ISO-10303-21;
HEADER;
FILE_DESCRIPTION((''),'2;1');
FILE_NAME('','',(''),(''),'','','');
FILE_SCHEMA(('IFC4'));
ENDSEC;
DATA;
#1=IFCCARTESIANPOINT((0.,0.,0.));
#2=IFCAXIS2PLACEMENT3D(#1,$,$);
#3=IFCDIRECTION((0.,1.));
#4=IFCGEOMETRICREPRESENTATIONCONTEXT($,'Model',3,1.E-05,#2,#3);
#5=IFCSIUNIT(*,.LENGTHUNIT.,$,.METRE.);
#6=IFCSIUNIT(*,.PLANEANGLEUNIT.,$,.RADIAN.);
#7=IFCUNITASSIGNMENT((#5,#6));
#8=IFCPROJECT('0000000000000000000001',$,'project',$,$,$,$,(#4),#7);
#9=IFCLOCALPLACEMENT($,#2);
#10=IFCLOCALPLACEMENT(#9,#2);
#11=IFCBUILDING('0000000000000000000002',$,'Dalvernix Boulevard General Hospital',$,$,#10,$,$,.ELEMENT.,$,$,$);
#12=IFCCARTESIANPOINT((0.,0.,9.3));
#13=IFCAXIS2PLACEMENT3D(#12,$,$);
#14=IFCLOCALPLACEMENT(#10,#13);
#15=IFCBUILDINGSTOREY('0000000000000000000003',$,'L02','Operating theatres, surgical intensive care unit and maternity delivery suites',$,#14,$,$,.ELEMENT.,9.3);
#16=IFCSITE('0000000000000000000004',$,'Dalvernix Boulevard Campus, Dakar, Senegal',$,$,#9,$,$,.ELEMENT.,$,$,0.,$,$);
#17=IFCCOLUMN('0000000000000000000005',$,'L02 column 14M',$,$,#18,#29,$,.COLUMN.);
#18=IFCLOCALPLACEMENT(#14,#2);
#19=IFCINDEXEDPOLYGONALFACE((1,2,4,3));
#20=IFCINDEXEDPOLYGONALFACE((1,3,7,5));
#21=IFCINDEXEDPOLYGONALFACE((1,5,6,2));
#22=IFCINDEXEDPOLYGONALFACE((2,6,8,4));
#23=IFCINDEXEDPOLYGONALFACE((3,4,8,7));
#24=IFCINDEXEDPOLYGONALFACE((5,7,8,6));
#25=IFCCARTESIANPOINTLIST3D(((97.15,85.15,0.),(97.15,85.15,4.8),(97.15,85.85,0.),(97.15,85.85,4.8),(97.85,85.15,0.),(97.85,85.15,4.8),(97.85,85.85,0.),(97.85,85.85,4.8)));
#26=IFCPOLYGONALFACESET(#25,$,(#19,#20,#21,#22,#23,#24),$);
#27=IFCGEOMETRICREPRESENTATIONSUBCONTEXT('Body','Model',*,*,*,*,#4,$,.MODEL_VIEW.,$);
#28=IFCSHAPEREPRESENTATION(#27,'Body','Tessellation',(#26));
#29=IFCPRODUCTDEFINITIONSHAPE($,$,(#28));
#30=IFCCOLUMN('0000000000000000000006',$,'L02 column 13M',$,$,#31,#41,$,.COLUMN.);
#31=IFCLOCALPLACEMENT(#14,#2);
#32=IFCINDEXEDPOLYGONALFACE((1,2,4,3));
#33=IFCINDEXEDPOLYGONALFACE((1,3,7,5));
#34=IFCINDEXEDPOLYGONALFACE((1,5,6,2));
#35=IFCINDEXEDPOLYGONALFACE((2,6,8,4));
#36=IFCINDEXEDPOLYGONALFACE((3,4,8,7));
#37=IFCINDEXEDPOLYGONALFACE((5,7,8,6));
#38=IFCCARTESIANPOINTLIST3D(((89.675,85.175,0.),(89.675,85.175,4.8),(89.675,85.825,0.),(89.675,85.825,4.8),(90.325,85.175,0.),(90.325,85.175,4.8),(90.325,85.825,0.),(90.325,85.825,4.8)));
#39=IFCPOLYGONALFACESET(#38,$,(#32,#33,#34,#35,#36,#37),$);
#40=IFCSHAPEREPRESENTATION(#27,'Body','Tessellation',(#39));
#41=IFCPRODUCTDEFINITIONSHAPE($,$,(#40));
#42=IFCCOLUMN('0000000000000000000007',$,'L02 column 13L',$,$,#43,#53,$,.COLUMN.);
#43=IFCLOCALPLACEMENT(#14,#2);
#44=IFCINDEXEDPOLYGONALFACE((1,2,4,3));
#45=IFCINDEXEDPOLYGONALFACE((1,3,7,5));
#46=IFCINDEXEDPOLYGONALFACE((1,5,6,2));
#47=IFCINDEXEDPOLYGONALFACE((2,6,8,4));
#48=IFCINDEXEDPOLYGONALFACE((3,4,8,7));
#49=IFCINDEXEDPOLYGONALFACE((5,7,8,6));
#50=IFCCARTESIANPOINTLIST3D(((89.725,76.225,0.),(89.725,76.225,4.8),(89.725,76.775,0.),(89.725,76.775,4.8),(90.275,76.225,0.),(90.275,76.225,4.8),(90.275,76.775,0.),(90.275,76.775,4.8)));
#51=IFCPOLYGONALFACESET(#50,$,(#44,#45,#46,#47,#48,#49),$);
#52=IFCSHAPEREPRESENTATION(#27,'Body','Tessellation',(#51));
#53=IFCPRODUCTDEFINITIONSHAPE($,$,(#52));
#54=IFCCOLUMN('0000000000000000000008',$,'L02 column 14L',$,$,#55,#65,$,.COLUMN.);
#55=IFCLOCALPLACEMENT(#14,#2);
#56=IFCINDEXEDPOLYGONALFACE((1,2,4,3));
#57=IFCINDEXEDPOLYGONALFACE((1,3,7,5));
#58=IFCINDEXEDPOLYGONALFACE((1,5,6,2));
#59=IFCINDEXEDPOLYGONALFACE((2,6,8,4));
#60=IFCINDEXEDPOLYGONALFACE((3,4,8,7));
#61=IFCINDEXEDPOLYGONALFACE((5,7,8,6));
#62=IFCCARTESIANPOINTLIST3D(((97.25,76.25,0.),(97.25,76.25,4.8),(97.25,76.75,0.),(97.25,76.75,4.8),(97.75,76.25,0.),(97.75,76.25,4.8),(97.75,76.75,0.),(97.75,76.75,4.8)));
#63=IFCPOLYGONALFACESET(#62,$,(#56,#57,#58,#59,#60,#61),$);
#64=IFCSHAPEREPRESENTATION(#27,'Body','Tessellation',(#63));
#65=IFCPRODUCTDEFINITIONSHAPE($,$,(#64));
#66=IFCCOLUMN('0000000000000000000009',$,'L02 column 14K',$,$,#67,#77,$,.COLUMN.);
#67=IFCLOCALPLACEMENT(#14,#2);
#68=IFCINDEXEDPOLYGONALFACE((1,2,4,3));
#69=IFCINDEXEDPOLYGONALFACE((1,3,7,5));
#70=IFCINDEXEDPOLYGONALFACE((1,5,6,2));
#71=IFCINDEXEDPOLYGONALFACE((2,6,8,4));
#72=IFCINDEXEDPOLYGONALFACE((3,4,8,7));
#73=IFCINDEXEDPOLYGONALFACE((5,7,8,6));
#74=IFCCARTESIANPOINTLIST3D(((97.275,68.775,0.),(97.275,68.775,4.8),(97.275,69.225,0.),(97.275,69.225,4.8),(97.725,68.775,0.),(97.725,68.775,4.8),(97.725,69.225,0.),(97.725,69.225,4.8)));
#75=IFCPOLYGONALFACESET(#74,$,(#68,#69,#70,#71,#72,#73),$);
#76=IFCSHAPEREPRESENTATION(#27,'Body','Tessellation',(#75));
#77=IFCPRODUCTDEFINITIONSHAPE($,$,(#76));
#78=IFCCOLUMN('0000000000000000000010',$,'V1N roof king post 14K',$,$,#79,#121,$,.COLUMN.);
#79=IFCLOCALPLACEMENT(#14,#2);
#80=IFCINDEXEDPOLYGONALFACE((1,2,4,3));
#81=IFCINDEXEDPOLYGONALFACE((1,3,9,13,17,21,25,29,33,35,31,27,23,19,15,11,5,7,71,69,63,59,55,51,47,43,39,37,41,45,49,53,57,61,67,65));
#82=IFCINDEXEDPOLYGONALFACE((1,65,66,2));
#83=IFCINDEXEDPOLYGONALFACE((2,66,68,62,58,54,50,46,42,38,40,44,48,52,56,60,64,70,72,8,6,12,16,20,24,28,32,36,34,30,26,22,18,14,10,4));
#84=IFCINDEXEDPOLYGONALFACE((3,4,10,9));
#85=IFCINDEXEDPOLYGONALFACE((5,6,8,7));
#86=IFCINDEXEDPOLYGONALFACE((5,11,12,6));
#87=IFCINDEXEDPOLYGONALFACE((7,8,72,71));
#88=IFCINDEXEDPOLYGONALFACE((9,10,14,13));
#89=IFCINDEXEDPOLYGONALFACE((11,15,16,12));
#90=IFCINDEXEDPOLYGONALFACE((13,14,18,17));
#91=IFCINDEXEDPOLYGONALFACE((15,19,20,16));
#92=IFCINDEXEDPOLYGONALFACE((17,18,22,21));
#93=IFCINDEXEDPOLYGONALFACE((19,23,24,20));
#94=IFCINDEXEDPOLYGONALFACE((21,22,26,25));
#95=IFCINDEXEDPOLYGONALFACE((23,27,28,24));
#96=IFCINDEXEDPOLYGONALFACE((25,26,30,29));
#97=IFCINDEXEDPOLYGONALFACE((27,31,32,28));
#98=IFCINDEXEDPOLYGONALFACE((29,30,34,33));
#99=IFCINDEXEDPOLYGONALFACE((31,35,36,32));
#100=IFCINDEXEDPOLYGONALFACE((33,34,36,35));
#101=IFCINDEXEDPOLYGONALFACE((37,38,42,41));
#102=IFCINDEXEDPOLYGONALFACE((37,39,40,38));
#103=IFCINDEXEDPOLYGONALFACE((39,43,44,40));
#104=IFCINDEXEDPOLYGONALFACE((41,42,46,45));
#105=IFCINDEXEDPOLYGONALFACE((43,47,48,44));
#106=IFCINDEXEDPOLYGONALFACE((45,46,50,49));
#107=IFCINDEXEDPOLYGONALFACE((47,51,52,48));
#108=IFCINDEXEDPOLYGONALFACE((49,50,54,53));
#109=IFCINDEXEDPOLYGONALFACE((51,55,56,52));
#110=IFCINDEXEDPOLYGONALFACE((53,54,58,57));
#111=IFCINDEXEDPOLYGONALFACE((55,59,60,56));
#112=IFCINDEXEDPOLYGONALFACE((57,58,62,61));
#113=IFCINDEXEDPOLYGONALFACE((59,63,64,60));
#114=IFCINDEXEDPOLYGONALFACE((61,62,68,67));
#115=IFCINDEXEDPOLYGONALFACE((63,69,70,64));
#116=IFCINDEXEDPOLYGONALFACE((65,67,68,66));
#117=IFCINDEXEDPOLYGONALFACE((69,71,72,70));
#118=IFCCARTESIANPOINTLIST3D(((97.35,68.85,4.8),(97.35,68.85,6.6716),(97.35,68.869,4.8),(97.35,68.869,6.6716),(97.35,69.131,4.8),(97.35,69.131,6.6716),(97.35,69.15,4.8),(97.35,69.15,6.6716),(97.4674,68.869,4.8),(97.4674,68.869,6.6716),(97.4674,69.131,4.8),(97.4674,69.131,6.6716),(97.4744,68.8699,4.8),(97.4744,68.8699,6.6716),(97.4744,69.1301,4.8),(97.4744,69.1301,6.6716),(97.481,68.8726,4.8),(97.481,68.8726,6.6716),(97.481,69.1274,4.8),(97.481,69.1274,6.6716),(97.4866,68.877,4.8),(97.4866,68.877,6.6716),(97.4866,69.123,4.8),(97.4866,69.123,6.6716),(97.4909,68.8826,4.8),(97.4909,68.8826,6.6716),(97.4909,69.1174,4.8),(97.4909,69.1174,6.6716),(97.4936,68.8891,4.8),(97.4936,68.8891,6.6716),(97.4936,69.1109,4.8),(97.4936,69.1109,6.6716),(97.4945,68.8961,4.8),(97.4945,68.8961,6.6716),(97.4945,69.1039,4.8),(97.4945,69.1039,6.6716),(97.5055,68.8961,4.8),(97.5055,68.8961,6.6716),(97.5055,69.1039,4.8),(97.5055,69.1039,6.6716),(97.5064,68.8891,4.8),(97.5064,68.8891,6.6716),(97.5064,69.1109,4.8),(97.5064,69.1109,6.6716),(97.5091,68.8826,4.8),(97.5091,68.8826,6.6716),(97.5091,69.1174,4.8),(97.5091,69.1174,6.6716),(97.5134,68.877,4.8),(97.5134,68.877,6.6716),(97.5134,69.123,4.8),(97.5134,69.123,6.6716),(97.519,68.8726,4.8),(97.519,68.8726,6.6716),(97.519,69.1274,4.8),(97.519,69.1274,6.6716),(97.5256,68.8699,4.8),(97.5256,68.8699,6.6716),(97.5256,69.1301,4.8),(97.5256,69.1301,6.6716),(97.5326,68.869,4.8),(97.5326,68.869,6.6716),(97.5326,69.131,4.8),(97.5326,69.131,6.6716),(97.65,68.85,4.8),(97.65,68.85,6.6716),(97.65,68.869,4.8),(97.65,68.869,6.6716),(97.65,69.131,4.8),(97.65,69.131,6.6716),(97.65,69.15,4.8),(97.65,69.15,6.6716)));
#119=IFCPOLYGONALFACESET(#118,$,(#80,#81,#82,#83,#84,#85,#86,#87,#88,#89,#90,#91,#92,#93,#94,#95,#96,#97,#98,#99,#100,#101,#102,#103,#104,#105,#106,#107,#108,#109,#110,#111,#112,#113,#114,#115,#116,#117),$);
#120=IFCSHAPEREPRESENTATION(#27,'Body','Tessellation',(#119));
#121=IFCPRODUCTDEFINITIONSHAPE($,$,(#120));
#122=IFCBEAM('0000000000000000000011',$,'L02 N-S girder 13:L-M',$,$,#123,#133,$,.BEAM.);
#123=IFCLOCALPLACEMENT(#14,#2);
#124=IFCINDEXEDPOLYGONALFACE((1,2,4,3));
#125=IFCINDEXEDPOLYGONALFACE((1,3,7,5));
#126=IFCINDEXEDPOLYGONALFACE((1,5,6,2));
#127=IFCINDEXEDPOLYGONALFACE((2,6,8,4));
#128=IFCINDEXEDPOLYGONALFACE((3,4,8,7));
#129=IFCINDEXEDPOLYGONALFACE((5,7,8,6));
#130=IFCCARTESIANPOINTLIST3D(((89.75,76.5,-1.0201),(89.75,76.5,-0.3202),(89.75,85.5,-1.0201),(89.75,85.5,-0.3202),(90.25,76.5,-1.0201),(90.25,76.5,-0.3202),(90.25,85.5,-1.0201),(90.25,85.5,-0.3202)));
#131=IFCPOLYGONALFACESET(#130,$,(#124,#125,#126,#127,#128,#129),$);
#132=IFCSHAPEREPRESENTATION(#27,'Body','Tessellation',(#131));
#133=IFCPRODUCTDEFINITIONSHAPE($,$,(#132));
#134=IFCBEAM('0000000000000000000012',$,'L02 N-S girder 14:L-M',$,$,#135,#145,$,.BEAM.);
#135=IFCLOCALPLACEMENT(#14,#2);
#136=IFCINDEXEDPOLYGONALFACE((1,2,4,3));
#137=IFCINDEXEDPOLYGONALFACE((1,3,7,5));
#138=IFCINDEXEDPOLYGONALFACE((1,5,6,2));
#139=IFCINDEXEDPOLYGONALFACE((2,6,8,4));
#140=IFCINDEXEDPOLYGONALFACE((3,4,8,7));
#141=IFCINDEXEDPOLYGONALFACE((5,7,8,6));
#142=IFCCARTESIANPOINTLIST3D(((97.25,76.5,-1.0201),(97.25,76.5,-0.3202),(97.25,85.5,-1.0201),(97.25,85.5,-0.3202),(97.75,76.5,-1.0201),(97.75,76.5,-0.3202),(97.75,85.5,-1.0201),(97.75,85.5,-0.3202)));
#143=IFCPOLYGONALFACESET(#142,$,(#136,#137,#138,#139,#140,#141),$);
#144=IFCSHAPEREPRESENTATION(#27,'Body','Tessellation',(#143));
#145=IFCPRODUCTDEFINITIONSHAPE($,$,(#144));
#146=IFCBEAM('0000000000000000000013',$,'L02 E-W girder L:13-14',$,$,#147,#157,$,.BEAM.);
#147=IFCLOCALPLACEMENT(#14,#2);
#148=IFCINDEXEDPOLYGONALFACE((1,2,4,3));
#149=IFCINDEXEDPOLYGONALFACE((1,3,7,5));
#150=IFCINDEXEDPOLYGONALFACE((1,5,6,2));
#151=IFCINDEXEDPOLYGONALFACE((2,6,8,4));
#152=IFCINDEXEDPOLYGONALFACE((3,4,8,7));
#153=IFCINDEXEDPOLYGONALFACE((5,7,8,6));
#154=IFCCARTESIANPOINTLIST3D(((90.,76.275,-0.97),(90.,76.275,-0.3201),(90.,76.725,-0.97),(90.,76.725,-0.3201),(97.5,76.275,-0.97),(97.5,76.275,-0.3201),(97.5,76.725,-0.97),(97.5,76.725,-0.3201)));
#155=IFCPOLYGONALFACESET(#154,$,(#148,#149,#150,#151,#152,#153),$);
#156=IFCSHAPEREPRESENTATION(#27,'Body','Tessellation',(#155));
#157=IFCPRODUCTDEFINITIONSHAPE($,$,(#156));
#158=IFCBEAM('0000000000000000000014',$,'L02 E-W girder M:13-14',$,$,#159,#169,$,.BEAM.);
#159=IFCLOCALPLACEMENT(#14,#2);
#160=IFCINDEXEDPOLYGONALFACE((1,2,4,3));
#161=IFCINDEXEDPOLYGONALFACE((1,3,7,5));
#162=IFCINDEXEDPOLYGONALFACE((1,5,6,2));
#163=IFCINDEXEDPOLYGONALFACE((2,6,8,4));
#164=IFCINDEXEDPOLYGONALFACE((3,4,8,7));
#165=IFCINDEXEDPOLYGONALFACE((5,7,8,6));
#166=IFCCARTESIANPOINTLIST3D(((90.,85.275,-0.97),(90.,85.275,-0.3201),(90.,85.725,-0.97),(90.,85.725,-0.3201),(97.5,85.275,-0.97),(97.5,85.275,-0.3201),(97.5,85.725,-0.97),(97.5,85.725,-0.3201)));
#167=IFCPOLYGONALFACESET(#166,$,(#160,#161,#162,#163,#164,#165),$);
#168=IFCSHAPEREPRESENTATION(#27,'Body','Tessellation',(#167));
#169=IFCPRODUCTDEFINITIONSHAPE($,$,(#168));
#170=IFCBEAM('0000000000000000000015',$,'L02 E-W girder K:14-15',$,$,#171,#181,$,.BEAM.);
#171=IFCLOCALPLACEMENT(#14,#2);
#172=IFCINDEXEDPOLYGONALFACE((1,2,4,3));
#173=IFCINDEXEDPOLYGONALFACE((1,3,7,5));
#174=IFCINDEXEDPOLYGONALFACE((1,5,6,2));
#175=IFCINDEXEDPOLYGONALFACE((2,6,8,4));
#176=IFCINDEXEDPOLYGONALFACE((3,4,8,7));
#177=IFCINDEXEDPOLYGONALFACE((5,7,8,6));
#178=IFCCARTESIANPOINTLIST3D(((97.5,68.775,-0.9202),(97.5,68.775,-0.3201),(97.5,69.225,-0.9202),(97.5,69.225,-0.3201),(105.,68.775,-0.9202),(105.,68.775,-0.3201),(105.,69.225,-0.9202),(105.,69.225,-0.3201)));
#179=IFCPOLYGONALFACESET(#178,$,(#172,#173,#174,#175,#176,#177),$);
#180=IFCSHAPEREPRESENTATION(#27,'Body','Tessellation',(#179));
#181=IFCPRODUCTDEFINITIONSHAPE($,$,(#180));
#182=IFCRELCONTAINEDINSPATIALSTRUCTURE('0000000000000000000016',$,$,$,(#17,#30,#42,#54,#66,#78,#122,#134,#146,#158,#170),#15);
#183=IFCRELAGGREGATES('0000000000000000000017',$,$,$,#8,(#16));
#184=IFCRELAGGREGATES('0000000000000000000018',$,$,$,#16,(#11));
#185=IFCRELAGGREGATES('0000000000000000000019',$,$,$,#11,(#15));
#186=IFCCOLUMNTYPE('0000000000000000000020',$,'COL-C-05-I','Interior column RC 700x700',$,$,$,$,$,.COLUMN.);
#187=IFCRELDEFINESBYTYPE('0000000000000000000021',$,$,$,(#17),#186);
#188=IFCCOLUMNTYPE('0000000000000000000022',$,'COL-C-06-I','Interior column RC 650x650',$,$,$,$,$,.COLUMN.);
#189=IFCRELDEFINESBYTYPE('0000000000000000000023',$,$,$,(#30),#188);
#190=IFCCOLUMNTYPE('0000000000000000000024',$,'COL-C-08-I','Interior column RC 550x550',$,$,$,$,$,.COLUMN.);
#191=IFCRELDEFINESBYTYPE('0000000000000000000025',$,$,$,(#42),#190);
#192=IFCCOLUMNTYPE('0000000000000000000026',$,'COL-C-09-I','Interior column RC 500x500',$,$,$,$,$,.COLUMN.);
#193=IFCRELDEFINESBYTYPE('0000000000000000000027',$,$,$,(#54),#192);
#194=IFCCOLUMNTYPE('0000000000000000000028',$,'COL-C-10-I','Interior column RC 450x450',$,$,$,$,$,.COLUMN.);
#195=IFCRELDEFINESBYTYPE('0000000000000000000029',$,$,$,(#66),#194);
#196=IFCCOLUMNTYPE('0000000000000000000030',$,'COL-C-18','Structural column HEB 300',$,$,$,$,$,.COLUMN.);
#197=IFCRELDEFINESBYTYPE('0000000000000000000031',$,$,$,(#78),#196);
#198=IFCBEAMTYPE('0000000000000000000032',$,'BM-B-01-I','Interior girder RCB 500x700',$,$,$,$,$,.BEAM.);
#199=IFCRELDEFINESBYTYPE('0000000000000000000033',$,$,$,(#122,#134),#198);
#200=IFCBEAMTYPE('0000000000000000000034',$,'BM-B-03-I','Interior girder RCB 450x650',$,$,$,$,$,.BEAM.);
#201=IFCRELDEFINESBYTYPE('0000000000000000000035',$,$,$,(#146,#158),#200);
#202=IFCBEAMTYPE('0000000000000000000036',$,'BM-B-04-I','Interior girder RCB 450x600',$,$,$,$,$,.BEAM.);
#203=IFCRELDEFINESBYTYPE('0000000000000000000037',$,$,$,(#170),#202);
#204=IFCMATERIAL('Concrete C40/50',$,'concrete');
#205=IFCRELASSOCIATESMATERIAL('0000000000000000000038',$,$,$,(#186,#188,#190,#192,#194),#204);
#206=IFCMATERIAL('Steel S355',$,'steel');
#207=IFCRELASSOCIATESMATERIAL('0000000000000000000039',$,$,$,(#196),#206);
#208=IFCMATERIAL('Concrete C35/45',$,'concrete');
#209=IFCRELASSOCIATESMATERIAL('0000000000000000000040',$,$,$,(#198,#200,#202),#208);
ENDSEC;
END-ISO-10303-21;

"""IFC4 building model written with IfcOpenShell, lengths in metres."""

from ifc_helpers import new_model, si_unit, direction, frame, origin, origin_2d, place, context, subcontext, project, spatial, rectangle, i_section, extrude, material, material_profile, profile_set, type_object, element, save


model = new_model("IFC4")

# Units and contexts
model_context = context("Model", 3, precision=1e-05, world=origin(), true_north=direction((0.0, 1.0)))
body_context = subcontext(model_context, "Body", "Model", "MODEL_VIEW")
ifc_project = project(units=[si_unit("LENGTHUNIT", "METRE"), si_unit("PLANEANGLEUNIT", "RADIAN")], contexts=[model_context])

# Site, building, storey
site_placement = place(None, origin())
site = spatial("IfcSite", under=ifc_project, at=site_placement, Name="Dalvernix Boulevard Campus, Dakar, Senegal", CompositionType="ELEMENT", RefElevation=0.0)
building_placement = place(site_placement, origin())
building = spatial("IfcBuilding", under=site, at=building_placement, Name="Dalvernix Boulevard General Hospital", CompositionType="ELEMENT")
storey_placement = place(building_placement, frame((0.0, 0.0, 9.3)))
storey = spatial("IfcBuildingStorey", under=building, at=storey_placement, Name="L02", Description="Operating theatres, surgical intensive care unit and maternity delivery suites", CompositionType="ELEMENT", Elevation=9.3)

# Columns
ifc_material_1 = material(Name="Concrete C40/50", Category="concrete")
ifc_material_profile_1 = material_profile(ifc_material_1, rectangle(XDim=0.7, YDim=0.7, at=origin_2d()), Name="RC 700x700")
ifc_profile_set_1 = profile_set([ifc_material_profile_1], Name="Concrete C40/50")
column_type_1 = type_object("IfcColumnType", Name="COL-C-05-I", Description="Interior column RC 700x700", PredefinedType="COLUMN", material=ifc_profile_set_1)
column_1_placement = place(storey_placement, frame((97.5, 85.5, 0.0), z_axis=(0.0, 0.0, 1.0), x_axis=(1.0, 0.0, 0.0)))
element("IfcColumn", 1, at=column_1_placement, inside=storey, type_object=column_type_1, Name="L02 column 14M", PredefinedType="COLUMN", context=body_context, shape_type="SweptSolid", body=[
    extrude(rectangle(XDim=0.7, YDim=0.7, at=origin_2d()), origin(), (0.0, 0.0, 1.0), 4.8),
])
ifc_material_profile_2 = material_profile(ifc_material_1, rectangle(XDim=0.6499, YDim=0.6499, at=origin_2d()), Name="RC 650x650")
ifc_profile_set_2 = profile_set([ifc_material_profile_2], Name="Concrete C40/50")
column_type_2 = type_object("IfcColumnType", Name="COL-C-06-I", Description="Interior column RC 650x650", PredefinedType="COLUMN", material=ifc_profile_set_2)
column_2_placement = place(storey_placement, frame((90.0, 85.5, 0.0), z_axis=(0.0, 0.0, 1.0), x_axis=(1.0, 0.0, 0.0)))
element("IfcColumn", 2, at=column_2_placement, inside=storey, type_object=column_type_2, Name="L02 column 13M", PredefinedType="COLUMN", context=body_context, shape_type="SweptSolid", body=[
    extrude(rectangle(XDim=0.6499, YDim=0.6499, at=origin_2d()), origin(), (0.0, 0.0, 1.0), 4.8),
])
ifc_material_profile_3 = material_profile(ifc_material_1, rectangle(XDim=0.55, YDim=0.55, at=origin_2d()), Name="RC 550x550")
ifc_profile_set_3 = profile_set([ifc_material_profile_3], Name="Concrete C40/50")
column_type_3 = type_object("IfcColumnType", Name="COL-C-08-I", Description="Interior column RC 550x550", PredefinedType="COLUMN", material=ifc_profile_set_3)
column_3_placement = place(storey_placement, frame((90.0, 76.5, 0.0), z_axis=(0.0, 0.0, 1.0), x_axis=(1.0, 0.0, 0.0)))
element("IfcColumn", 3, at=column_3_placement, inside=storey, type_object=column_type_3, Name="L02 column 13L", PredefinedType="COLUMN", context=body_context, shape_type="SweptSolid", body=[
    extrude(rectangle(XDim=0.55, YDim=0.55, at=origin_2d()), origin(), (0.0, 0.0, 1.0), 4.8),
])
ifc_material_profile_4 = material_profile(ifc_material_1, rectangle(XDim=0.5, YDim=0.5, at=origin_2d()), Name="RC 500x500")
ifc_profile_set_4 = profile_set([ifc_material_profile_4], Name="Concrete C40/50")
column_type_4 = type_object("IfcColumnType", Name="COL-C-09-I", Description="Interior column RC 500x500", PredefinedType="COLUMN", material=ifc_profile_set_4)
column_4_placement = place(storey_placement, frame((97.5, 76.5, 0.0), z_axis=(0.0, 0.0, 1.0), x_axis=(1.0, 0.0, 0.0)))
element("IfcColumn", 4, at=column_4_placement, inside=storey, type_object=column_type_4, Name="L02 column 14L", PredefinedType="COLUMN", context=body_context, shape_type="SweptSolid", body=[
    extrude(rectangle(XDim=0.5, YDim=0.5, at=origin_2d()), origin(), (0.0, 0.0, 1.0), 4.8),
])
ifc_material_profile_5 = material_profile(ifc_material_1, rectangle(XDim=0.45, YDim=0.45, at=origin_2d()), Name="RC 450x450")
ifc_profile_set_5 = profile_set([ifc_material_profile_5], Name="Concrete C40/50")
column_type_5 = type_object("IfcColumnType", Name="COL-C-10-I", Description="Interior column RC 450x450", PredefinedType="COLUMN", material=ifc_profile_set_5)
column_5_placement = place(storey_placement, frame((97.5, 69.0, 0.0), z_axis=(0.0, 0.0, 1.0), x_axis=(1.0, 0.0, 0.0)))
element("IfcColumn", 5, at=column_5_placement, inside=storey, type_object=column_type_5, Name="L02 column 14K", PredefinedType="COLUMN", context=body_context, shape_type="SweptSolid", body=[
    extrude(rectangle(XDim=0.45, YDim=0.45, at=origin_2d()), origin(), (0.0, 0.0, 1.0), 4.8),
])
ifc_material_2 = material(Name="Steel S355", Category="steel")
ifc_material_profile_6 = material_profile(ifc_material_2, i_section(OverallWidth=0.3, OverallDepth=0.3, WebThickness=0.011, FlangeThickness=0.019, FilletRadius=0.0271, at=origin_2d()), Name="HEB 300")
ifc_profile_set_6 = profile_set([ifc_material_profile_6], Name="Steel S355")
column_type_6 = type_object("IfcColumnType", Name="COL-C-18", Description="Structural column HEB 300", PredefinedType="COLUMN", material=ifc_profile_set_6)
column_6_placement = place(storey_placement, frame((97.5, 69.0, 4.8), z_axis=(0.0, 0.0, 1.0), x_axis=(1.0, 0.0, 0.0)))
element("IfcColumn", 6, at=column_6_placement, inside=storey, type_object=column_type_6, Name="V1N roof king post 14K", PredefinedType="COLUMN", context=body_context, shape_type="SweptSolid", body=[
    extrude(i_section(OverallWidth=0.3, OverallDepth=0.3, WebThickness=0.011, FlangeThickness=0.019, FilletRadius=0.0271, at=origin_2d()), origin(), (0.0, 0.0, 1.0), 1.8716),
])

# Beams
ifc_material_3 = material(Name="Concrete C35/45", Category="concrete")
ifc_material_profile_7 = material_profile(ifc_material_3, rectangle(XDim=0.5, YDim=0.7, at=origin_2d()), Name="RCB 500x700")
ifc_profile_set_7 = profile_set([ifc_material_profile_7], Name="Concrete C35/45")
beam_type_1 = type_object("IfcBeamType", Name="BM-B-01-I", Description="Interior girder RCB 500x700", PredefinedType="BEAM", material=ifc_profile_set_7)
for number, where, z_axis, x_axis, name in (
    (7, (90.0, 76.5, -0.6702), (0.0, 1.0, 0.0), (-1.0, 0.0, 0.0), "L02 N-S girder 13:L-M"),
    (8, (97.5, 76.5, -0.6702), (0.0, 1.0, 0.0), (-1.0, 0.0, 0.0), "L02 N-S girder 14:L-M"),
):
    element("IfcBeam", number, at=place(storey_placement, frame(where, z_axis=z_axis, x_axis=x_axis)), inside=storey, type_object=beam_type_1, Name=name, PredefinedType="BEAM", context=body_context, shape_type="SweptSolid", body=[
        extrude(rectangle(XDim=0.5, YDim=0.7, at=origin_2d()), origin(), (0.0, 0.0, 1.0), 9.0),
    ])
ifc_material_profile_8 = material_profile(ifc_material_3, rectangle(XDim=0.45, YDim=0.6499, at=origin_2d()), Name="RCB 450x650")
ifc_profile_set_8 = profile_set([ifc_material_profile_8], Name="Concrete C35/45")
beam_type_2 = type_object("IfcBeamType", Name="BM-B-03-I", Description="Interior girder RCB 450x650", PredefinedType="BEAM", material=ifc_profile_set_8)
for number, where, z_axis, x_axis, name in (
    (9, (90.0, 76.5, -0.645), (1.0, 0.0, 0.0), (0.0, 1.0, 0.0), "L02 E-W girder L:13-14"),
    (10, (90.0, 85.5, -0.645), (1.0, 0.0, 0.0), (0.0, 1.0, 0.0), "L02 E-W girder M:13-14"),
):
    element("IfcBeam", number, at=place(storey_placement, frame(where, z_axis=z_axis, x_axis=x_axis)), inside=storey, type_object=beam_type_2, Name=name, PredefinedType="BEAM", context=body_context, shape_type="SweptSolid", body=[
        extrude(rectangle(XDim=0.45, YDim=0.6499, at=origin_2d()), origin(), (0.0, 0.0, 1.0), 7.5),
    ])
ifc_material_profile_9 = material_profile(ifc_material_3, rectangle(XDim=0.45, YDim=0.6001, at=origin_2d()), Name="RCB 450x600")
ifc_profile_set_9 = profile_set([ifc_material_profile_9], Name="Concrete C35/45")
beam_type_3 = type_object("IfcBeamType", Name="BM-B-04-I", Description="Interior girder RCB 450x600", PredefinedType="BEAM", material=ifc_profile_set_9)
for number, where, z_axis, x_axis, name in (
    (11, (97.5, 69.0, -0.6201), (1.0, 0.0, 0.0), (0.0, 1.0, 0.0), "L02 E-W girder K:14-15"),
):
    element("IfcBeam", number, at=place(storey_placement, frame(where, z_axis=z_axis, x_axis=x_axis)), inside=storey, type_object=beam_type_3, Name=name, PredefinedType="BEAM", context=body_context, shape_type="SweptSolid", body=[
        extrude(rectangle(XDim=0.45, YDim=0.6001, at=origin_2d()), origin(), (0.0, 0.0, 1.0), 7.5),
    ])

save(model, "model.ifc")
